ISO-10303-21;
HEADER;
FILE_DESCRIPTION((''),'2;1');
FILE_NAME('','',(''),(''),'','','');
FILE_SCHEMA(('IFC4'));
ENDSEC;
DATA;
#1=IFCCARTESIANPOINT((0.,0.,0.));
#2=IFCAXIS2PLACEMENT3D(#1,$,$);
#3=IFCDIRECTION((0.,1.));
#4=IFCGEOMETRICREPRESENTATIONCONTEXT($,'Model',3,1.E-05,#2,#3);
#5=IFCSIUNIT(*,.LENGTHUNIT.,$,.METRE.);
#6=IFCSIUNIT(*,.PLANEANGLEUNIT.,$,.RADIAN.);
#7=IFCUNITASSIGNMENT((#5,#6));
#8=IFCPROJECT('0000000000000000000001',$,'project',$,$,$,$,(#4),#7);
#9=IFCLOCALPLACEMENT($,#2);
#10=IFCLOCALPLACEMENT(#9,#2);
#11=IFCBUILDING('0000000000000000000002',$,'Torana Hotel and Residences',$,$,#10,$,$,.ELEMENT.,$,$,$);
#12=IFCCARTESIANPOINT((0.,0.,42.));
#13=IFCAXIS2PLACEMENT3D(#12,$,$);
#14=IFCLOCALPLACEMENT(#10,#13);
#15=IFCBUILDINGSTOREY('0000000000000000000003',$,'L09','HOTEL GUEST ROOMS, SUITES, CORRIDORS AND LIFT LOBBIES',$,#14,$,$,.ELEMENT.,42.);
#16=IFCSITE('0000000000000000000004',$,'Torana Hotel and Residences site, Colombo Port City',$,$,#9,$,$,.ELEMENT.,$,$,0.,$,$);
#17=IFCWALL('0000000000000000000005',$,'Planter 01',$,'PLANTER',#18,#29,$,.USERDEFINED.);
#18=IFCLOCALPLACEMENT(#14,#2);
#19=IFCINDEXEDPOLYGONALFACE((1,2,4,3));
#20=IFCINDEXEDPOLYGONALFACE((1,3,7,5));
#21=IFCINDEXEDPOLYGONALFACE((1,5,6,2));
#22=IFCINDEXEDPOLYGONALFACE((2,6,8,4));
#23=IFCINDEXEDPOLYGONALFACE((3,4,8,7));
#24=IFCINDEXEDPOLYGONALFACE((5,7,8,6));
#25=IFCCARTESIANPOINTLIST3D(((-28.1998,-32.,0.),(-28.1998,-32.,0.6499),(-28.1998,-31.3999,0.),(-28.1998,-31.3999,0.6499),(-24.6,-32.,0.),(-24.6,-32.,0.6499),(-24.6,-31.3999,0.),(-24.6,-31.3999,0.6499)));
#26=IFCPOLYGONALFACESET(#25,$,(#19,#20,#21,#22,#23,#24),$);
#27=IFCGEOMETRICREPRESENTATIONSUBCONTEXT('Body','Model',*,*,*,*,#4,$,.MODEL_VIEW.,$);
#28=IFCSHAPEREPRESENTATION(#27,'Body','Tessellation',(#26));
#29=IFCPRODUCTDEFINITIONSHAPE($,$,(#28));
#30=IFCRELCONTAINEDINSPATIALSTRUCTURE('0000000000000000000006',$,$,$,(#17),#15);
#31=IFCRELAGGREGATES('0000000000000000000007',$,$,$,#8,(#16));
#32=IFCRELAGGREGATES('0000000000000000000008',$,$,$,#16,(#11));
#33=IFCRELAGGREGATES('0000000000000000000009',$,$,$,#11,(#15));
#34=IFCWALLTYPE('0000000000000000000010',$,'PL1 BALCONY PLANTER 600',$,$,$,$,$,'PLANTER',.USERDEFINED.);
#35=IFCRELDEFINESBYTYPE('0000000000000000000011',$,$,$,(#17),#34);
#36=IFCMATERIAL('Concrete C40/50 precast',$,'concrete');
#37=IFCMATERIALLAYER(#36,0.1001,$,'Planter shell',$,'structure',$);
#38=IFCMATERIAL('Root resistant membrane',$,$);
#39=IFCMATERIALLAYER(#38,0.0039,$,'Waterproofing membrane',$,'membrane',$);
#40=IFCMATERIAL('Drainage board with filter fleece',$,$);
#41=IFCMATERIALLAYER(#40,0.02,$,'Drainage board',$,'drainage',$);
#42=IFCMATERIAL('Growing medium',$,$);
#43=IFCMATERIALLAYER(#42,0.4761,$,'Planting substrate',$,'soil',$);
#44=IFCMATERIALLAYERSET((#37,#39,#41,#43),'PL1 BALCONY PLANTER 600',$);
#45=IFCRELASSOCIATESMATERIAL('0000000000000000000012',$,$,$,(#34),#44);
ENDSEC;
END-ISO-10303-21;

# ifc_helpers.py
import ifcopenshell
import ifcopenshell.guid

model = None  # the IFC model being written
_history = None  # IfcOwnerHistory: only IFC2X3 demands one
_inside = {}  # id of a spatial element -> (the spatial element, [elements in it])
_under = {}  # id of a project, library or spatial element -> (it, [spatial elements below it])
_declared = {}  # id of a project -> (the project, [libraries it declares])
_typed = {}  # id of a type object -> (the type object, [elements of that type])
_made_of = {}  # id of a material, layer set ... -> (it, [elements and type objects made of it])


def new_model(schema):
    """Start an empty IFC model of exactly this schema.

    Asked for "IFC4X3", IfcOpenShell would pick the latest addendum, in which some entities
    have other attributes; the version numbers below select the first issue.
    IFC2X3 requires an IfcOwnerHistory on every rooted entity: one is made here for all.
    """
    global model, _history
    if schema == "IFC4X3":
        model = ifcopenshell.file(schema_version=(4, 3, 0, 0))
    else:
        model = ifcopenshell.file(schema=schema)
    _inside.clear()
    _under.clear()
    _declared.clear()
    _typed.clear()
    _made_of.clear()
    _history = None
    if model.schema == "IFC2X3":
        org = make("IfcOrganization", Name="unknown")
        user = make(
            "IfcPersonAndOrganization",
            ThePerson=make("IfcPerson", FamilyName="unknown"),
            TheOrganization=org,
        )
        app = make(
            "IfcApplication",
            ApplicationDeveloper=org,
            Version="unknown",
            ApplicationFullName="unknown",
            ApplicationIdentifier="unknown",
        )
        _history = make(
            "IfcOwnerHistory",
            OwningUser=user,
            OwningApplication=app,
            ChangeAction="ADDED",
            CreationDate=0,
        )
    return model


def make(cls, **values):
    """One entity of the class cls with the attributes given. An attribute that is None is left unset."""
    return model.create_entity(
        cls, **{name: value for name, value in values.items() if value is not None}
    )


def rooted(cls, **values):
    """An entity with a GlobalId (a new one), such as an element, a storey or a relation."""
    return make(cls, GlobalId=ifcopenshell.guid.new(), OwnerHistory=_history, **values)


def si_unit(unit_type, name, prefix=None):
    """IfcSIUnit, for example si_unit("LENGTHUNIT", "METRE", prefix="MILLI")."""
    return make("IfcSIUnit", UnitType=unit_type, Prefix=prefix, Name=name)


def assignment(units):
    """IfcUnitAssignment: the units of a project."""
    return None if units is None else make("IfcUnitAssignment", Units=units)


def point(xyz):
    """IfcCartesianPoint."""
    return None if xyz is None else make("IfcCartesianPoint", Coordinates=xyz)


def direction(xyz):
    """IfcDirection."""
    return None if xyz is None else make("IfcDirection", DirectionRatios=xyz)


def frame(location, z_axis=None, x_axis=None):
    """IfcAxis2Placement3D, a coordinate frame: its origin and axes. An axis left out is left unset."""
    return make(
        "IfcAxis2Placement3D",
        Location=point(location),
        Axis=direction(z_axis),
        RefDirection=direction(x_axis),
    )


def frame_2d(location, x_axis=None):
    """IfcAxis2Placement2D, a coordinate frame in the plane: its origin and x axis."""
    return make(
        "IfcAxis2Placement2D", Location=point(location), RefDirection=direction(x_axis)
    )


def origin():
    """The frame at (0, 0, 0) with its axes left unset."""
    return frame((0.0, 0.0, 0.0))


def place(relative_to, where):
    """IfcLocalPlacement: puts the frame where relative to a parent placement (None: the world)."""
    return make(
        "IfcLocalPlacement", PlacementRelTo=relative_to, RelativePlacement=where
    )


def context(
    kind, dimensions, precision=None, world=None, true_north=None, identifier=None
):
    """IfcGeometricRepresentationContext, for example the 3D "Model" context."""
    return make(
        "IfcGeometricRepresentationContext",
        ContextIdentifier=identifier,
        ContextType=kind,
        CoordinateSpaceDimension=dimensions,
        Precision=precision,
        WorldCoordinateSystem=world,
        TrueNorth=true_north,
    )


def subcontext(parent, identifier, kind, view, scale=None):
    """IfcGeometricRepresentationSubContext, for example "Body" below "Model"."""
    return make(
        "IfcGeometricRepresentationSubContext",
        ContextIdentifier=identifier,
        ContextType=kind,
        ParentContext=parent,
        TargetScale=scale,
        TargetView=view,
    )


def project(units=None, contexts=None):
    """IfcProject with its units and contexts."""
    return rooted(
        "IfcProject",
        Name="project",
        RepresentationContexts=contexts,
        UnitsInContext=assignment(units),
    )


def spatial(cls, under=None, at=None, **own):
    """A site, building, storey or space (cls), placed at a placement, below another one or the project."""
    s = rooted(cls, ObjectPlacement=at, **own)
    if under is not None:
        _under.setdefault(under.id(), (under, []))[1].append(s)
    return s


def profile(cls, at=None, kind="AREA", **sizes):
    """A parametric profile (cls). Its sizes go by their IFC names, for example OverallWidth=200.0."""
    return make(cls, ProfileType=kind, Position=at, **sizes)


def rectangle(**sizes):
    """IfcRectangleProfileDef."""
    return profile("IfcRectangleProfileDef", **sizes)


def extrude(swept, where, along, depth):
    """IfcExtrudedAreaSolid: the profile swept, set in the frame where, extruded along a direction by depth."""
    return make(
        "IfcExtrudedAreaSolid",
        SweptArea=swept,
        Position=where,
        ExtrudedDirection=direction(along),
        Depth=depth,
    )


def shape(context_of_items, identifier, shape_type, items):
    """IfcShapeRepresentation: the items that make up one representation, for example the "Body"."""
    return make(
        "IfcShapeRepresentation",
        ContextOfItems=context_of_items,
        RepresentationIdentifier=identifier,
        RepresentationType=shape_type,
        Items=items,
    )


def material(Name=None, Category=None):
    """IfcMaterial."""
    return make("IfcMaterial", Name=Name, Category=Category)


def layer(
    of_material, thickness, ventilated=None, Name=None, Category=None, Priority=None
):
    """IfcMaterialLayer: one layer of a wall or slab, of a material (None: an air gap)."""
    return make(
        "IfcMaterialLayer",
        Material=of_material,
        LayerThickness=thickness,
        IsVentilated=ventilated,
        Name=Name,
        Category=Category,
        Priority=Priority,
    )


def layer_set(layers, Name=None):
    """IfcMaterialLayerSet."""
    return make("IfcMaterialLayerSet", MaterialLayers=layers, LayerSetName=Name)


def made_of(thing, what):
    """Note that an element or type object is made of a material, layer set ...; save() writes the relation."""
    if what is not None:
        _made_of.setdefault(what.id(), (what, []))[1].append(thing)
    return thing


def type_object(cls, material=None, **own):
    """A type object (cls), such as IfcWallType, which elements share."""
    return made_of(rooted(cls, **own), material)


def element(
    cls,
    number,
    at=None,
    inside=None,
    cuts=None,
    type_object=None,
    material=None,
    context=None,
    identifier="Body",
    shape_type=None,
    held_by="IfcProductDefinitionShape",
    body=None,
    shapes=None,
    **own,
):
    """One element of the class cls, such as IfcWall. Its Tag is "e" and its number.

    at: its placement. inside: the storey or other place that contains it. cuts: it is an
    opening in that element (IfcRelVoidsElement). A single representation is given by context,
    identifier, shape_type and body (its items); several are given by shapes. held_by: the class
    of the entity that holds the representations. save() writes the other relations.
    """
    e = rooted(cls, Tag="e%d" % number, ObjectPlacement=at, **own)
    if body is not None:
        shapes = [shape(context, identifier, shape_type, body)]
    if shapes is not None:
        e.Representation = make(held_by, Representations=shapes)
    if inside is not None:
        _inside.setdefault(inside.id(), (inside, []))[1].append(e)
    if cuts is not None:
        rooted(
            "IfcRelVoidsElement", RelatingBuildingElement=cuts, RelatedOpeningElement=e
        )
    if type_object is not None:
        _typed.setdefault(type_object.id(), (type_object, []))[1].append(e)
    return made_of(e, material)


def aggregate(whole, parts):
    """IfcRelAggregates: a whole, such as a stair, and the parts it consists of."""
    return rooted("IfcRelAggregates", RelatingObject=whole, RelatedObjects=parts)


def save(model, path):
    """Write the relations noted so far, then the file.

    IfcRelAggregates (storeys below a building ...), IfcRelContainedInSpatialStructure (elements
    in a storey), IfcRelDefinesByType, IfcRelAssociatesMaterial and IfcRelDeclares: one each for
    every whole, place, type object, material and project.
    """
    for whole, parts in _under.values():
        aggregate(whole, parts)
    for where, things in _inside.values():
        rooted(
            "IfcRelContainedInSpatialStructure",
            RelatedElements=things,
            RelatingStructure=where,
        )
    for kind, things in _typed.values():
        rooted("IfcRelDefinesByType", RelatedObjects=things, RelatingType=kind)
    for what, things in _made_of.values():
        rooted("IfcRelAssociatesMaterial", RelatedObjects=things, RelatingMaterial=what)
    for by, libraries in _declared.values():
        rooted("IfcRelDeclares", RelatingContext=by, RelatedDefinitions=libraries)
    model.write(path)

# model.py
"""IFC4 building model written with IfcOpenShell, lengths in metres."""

from ifc_helpers import new_model, si_unit, direction, frame, frame_2d, origin, place, context, subcontext, project, spatial, rectangle, extrude, material, layer, layer_set, type_object, element, save


model = new_model("IFC4")

# Units and contexts
model_context = context("Model", 3, precision=1e-05, world=origin(), true_north=direction((0.0, 1.0)))
body_context = subcontext(model_context, "Body", "Model", "MODEL_VIEW")
ifc_project = project(units=[si_unit("LENGTHUNIT", "METRE"), si_unit("PLANEANGLEUNIT", "RADIAN")], contexts=[model_context])

# Site, building, storey
site_placement = place(None, origin())
site = spatial("IfcSite", under=ifc_project, at=site_placement, Name="Torana Hotel and Residences site, Colombo Port City", CompositionType="ELEMENT", RefElevation=0.0)
building_placement = place(site_placement, origin())
building = spatial("IfcBuilding", under=site, at=building_placement, Name="Torana Hotel and Residences", CompositionType="ELEMENT")
storey_placement = place(building_placement, frame((0.0, 0.0, 42.0)))
storey = spatial("IfcBuildingStorey", under=building, at=storey_placement, Name="L09", Description="HOTEL GUEST ROOMS, SUITES, CORRIDORS AND LIFT LOBBIES", CompositionType="ELEMENT", Elevation=42.0)

# Wall
ifc_material_1 = material(Name="Concrete C40/50 precast", Category="concrete")
ifc_layer_1 = layer(ifc_material_1, 0.1001, Name="Planter shell", Category="structure")
ifc_material_2 = material(Name="Root resistant membrane")
ifc_layer_2 = layer(ifc_material_2, 0.0039, Name="Waterproofing membrane", Category="membrane")
ifc_material_3 = material(Name="Drainage board with filter fleece")
ifc_layer_3 = layer(ifc_material_3, 0.02, Name="Drainage board", Category="drainage")
ifc_material_4 = material(Name="Growing medium")
ifc_layer_4 = layer(ifc_material_4, 0.4761, Name="Planting substrate", Category="soil")
ifc_layer_set_1 = layer_set([ifc_layer_1, ifc_layer_2, ifc_layer_3, ifc_layer_4], Name="PL1 BALCONY PLANTER 600")
wall_type_1 = type_object("IfcWallType", Name="PL1 BALCONY PLANTER 600", ElementType="PLANTER", PredefinedType="USERDEFINED", material=ifc_layer_set_1)
wall_1_placement = place(storey_placement, frame((-24.6001, -31.7, 0.0), z_axis=(0.0, 0.0, 1.0), x_axis=(-1.0, 0.0, 0.0)))
element("IfcWall", 1, at=wall_1_placement, inside=storey, type_object=wall_type_1, Name="Planter 01", ObjectType="PLANTER", PredefinedType="USERDEFINED", context=body_context, shape_type="SweptSolid", body=[
    extrude(rectangle(XDim=3.5999, YDim=0.6001, at=frame_2d((1.7998, 0.0))), origin(), (0.0, 0.0, 1.0), 0.6499),
])

save(model, "model.ifc")
